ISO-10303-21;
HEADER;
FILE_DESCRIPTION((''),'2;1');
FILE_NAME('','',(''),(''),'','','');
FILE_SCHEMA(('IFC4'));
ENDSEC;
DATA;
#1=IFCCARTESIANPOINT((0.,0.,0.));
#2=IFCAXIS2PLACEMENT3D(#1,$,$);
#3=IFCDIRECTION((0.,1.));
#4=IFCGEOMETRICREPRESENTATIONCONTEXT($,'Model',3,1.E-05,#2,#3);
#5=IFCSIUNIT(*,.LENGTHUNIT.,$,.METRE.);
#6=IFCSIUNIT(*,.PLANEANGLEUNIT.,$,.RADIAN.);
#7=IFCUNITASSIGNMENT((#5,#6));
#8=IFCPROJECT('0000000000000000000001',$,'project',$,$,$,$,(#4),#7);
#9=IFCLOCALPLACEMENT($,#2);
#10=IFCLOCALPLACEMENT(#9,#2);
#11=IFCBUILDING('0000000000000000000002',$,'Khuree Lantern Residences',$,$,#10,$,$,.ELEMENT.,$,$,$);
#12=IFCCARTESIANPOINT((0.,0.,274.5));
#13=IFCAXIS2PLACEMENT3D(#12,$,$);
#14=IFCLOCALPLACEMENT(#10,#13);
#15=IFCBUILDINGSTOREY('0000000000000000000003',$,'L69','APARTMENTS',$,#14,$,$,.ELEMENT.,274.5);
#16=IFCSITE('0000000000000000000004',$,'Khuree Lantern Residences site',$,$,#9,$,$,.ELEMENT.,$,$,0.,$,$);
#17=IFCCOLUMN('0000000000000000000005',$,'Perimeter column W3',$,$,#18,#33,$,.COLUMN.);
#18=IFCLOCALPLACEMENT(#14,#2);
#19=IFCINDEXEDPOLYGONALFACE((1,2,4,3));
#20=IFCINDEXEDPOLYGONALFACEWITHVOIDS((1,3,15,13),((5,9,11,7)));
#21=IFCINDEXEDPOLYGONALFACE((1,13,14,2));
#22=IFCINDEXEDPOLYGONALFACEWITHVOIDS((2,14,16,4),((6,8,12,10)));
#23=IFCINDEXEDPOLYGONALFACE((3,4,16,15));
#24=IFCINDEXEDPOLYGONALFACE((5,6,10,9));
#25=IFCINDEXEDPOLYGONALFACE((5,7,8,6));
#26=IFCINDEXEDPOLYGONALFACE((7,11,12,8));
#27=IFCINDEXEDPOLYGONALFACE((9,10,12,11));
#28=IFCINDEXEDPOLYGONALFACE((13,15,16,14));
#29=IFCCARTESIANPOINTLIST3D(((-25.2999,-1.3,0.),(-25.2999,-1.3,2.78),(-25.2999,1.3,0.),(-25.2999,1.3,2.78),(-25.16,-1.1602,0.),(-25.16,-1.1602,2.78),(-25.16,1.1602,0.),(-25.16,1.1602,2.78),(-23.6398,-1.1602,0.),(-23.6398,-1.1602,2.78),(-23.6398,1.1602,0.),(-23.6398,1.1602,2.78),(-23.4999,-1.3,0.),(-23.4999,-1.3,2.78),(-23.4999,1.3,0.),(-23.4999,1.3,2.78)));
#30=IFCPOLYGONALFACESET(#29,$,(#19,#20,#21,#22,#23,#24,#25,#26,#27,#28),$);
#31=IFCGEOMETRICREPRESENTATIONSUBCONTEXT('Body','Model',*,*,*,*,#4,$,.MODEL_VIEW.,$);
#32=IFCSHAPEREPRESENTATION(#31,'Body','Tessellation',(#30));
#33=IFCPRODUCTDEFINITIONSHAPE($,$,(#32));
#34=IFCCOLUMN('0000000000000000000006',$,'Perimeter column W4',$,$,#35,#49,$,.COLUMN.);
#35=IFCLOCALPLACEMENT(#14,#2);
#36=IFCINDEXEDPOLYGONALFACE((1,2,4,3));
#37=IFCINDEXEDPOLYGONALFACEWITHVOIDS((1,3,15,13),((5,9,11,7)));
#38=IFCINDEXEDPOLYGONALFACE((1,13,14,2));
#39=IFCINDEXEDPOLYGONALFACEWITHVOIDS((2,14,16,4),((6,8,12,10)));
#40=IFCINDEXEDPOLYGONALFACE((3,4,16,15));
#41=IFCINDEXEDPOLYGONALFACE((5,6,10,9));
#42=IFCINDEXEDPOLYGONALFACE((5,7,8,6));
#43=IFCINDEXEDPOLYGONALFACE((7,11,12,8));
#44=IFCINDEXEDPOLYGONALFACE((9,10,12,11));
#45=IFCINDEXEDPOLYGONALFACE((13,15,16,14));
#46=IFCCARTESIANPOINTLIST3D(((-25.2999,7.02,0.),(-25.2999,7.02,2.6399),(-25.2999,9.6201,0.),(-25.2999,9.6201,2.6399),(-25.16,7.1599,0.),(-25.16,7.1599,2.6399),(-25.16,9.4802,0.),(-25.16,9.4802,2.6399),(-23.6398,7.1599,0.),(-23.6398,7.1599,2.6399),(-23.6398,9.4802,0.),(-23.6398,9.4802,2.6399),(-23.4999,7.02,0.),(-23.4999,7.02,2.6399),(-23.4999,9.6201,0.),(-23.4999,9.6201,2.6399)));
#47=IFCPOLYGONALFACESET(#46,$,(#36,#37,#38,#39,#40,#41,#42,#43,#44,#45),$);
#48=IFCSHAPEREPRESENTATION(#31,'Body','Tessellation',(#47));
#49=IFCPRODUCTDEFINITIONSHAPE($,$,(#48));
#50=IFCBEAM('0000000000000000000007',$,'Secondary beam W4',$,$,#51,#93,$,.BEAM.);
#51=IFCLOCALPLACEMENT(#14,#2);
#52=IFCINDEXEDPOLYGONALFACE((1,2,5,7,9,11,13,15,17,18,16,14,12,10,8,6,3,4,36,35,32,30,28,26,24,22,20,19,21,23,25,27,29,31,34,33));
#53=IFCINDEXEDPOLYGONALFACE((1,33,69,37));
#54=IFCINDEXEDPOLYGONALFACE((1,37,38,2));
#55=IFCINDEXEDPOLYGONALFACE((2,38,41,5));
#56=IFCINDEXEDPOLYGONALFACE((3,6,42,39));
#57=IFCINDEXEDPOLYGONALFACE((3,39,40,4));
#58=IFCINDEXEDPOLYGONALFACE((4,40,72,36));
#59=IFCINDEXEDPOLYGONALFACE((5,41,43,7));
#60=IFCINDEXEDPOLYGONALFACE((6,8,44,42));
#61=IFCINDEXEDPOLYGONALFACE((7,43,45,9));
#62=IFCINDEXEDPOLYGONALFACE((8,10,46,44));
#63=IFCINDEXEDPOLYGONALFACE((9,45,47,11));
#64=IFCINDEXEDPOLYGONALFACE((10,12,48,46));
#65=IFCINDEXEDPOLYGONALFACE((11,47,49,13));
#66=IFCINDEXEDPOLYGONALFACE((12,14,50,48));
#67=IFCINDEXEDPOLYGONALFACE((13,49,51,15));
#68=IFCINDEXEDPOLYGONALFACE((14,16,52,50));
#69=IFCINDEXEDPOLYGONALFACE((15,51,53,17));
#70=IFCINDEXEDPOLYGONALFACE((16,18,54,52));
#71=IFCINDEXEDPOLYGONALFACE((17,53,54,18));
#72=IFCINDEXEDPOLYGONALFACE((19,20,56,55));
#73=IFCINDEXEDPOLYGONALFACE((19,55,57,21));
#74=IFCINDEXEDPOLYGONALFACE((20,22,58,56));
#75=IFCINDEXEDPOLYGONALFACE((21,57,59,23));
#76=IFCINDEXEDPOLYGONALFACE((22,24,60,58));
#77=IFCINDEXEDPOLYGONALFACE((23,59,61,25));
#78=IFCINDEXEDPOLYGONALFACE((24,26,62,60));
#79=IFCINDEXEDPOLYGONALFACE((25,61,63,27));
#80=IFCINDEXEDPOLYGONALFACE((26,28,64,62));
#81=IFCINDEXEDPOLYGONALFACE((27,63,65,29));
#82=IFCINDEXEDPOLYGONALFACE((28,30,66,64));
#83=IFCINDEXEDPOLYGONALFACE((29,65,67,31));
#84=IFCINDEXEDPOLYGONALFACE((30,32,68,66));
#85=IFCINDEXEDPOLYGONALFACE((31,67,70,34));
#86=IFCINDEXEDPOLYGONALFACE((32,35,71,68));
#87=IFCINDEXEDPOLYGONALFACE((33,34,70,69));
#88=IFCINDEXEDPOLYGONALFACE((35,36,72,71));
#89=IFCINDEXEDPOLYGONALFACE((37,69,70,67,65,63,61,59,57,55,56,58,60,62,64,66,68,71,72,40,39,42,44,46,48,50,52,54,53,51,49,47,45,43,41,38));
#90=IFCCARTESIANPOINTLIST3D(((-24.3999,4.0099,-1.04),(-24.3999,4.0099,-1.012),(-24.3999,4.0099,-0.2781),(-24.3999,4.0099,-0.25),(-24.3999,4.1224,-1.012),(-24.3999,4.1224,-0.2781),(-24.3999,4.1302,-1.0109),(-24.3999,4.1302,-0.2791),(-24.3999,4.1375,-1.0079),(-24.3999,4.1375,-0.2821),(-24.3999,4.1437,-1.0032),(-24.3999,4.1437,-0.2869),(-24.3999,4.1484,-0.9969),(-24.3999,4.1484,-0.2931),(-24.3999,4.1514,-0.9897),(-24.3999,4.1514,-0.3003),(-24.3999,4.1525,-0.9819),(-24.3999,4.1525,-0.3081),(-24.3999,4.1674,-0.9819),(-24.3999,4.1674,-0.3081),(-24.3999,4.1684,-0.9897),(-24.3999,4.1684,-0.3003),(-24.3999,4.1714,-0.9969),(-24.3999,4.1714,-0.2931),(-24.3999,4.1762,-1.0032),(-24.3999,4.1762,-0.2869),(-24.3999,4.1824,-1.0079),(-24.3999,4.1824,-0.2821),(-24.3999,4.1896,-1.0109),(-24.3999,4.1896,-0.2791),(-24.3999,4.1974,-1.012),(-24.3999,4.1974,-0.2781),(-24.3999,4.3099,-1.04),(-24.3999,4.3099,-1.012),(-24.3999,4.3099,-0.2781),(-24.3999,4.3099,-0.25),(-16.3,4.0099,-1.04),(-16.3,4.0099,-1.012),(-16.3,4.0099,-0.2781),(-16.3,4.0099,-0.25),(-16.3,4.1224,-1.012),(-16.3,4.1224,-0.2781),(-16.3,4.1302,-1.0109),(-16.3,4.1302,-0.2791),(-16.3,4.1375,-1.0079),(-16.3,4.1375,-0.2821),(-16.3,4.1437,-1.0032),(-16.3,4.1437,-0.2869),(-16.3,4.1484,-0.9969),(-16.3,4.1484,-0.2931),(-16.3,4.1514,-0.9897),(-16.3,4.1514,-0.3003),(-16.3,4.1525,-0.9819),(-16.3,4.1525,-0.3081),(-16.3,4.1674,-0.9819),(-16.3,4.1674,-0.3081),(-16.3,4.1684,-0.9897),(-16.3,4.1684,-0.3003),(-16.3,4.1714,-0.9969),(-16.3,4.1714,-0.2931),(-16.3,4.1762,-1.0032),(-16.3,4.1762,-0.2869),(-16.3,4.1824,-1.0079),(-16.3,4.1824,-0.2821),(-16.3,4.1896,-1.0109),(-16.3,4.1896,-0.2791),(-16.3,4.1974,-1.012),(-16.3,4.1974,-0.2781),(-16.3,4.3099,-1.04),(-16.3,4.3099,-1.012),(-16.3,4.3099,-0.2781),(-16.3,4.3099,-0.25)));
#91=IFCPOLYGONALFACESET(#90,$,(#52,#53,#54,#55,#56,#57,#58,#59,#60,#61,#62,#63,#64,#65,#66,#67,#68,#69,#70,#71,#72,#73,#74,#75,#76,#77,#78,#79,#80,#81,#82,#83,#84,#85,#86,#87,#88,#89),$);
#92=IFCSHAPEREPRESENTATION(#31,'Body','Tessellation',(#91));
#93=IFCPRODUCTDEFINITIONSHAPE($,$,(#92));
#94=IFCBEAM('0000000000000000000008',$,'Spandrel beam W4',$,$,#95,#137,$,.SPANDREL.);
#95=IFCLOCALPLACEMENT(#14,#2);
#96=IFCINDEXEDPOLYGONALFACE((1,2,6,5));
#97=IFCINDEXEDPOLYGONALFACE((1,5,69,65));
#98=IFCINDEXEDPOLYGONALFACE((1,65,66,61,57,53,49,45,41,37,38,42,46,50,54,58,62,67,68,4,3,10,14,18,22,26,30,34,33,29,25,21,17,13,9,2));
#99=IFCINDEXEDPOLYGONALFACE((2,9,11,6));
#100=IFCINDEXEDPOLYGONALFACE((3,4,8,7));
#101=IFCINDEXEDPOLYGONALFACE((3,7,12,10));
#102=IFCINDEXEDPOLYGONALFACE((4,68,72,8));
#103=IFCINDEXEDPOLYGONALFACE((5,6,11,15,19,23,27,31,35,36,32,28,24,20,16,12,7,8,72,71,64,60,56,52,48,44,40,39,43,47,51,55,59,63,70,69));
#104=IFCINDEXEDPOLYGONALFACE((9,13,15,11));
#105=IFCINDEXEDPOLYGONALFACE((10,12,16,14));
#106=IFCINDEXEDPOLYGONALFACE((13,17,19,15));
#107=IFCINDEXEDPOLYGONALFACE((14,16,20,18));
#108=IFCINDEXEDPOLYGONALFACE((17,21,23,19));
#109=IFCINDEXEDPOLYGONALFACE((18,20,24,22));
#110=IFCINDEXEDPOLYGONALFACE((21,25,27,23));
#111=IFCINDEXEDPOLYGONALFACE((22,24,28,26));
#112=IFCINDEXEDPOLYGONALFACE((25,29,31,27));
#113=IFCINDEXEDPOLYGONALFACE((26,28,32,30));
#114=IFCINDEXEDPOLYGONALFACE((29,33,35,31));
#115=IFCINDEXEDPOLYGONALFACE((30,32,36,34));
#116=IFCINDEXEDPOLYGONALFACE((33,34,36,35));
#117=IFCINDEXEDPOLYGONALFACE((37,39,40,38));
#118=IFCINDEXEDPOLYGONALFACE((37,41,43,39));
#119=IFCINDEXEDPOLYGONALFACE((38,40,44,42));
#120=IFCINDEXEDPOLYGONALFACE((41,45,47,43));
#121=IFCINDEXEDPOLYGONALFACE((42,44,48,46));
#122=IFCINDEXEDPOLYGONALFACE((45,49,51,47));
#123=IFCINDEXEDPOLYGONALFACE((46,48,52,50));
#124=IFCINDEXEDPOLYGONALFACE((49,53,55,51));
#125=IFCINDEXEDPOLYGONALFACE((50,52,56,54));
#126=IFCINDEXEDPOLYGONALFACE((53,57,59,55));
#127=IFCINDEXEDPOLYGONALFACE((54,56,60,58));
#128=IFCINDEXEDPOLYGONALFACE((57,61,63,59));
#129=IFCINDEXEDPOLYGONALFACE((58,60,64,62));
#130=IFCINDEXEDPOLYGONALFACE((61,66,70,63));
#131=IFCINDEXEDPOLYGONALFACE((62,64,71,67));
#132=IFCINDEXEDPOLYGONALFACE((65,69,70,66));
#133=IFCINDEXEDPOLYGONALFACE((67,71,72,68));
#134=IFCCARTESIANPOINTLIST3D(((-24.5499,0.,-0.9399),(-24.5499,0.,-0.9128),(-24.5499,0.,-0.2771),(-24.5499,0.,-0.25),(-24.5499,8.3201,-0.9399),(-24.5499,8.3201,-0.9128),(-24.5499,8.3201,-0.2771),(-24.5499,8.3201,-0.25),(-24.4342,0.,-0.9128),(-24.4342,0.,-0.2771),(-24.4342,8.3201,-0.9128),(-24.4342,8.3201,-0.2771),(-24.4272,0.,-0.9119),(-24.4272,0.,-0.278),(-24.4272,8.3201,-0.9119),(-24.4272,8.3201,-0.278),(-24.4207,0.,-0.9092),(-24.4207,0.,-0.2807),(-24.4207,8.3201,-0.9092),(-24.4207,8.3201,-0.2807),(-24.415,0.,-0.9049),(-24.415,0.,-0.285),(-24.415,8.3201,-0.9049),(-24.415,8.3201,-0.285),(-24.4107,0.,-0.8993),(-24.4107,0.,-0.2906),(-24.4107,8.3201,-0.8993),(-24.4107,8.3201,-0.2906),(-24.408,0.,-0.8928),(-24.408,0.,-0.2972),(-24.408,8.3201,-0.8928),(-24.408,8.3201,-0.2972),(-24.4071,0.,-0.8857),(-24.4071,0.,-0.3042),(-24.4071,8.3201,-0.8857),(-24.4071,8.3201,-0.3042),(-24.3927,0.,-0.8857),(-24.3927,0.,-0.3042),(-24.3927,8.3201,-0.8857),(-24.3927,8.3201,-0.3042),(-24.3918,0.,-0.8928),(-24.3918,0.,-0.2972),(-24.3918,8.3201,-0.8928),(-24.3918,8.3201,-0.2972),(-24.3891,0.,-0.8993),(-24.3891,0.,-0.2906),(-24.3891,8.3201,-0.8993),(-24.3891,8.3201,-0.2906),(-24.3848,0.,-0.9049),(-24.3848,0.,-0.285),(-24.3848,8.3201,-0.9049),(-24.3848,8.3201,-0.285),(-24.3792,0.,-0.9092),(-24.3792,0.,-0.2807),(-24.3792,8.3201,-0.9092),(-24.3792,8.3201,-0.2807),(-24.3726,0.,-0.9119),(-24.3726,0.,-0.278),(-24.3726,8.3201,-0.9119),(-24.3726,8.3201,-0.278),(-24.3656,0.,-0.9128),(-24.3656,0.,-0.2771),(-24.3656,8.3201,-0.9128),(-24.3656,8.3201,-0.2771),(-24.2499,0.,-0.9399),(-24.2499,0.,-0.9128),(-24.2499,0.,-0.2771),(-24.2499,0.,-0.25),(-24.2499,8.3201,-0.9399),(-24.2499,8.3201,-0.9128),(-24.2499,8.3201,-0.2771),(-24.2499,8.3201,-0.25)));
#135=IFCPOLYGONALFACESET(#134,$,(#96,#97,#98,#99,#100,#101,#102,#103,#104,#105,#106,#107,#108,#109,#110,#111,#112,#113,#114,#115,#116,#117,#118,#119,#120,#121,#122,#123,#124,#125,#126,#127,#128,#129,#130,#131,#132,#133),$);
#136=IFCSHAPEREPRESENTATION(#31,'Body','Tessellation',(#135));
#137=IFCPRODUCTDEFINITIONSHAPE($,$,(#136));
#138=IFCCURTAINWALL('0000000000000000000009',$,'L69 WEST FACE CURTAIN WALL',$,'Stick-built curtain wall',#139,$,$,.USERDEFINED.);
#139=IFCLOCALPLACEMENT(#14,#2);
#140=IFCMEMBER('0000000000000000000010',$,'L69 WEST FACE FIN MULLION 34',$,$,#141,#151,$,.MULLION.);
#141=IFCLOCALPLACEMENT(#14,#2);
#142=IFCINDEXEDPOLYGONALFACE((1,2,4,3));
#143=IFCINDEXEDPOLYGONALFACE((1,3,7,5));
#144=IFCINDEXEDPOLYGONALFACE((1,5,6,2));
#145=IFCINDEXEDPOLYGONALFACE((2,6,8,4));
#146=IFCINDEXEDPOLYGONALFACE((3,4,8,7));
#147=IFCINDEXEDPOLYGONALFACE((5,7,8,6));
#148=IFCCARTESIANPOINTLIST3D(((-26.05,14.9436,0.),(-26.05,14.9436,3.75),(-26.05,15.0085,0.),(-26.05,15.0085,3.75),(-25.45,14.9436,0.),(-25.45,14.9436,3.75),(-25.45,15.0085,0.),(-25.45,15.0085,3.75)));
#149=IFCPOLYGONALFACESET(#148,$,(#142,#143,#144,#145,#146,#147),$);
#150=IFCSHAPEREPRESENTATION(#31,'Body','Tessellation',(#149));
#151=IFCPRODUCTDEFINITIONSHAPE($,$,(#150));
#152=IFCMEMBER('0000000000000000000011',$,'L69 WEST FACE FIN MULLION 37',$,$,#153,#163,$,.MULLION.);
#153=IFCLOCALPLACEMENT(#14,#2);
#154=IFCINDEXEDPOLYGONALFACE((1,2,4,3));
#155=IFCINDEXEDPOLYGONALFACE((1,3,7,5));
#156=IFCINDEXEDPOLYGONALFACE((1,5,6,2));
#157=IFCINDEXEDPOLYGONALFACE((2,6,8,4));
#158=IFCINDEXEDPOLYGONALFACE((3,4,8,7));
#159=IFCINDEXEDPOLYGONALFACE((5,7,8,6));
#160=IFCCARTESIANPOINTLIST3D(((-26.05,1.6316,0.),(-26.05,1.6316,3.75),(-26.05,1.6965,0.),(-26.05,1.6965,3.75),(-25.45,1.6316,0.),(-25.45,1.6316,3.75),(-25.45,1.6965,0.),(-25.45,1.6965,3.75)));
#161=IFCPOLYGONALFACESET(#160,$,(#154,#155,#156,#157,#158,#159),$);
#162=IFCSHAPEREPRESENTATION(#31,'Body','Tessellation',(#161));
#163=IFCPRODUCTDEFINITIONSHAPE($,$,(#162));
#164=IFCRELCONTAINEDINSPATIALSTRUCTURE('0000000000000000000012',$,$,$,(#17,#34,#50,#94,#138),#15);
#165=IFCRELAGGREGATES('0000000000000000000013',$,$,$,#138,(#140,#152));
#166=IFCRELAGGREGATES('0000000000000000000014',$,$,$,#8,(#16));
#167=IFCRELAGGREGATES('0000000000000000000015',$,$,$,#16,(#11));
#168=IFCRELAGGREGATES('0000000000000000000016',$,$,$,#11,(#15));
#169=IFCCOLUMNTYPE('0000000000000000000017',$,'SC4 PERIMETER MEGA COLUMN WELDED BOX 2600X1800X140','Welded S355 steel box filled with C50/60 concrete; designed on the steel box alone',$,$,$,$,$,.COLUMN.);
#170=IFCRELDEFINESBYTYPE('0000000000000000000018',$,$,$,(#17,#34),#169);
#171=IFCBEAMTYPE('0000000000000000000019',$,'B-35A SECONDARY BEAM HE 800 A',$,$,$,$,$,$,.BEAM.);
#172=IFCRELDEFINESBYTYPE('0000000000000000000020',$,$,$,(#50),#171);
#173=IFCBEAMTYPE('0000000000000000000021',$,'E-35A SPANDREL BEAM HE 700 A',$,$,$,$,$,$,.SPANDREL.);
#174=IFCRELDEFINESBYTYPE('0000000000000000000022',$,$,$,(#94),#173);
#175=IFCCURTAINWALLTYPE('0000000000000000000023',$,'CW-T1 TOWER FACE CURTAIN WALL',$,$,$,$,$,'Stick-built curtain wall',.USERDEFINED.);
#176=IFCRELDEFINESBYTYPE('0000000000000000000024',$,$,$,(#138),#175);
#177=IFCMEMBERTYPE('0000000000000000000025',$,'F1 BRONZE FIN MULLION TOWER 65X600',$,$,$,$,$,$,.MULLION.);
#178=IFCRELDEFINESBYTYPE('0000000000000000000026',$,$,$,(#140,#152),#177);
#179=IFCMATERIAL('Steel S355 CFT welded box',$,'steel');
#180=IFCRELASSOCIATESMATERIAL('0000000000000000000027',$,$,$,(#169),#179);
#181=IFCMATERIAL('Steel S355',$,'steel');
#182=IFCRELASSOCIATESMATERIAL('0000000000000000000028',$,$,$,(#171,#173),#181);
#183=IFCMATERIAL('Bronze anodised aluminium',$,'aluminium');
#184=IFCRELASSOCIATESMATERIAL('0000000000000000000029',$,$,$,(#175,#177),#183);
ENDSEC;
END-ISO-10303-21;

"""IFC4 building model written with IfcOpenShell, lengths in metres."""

from ifc_helpers import new_model, si_unit, direction, frame, origin, origin_2d, place, context, subcontext, project, spatial, rectangle, hollow_rectangle, i_section, extrude, material, material_profile, profile_set, type_object, element, aggregate, save


model = new_model("IFC4")

# Units and contexts
model_context = context("Model", 3, precision=1e-05, world=origin(), true_north=direction((0.0, 1.0)))
body_context = subcontext(model_context, "Body", "Model", "MODEL_VIEW")
ifc_project = project(units=[si_unit("LENGTHUNIT", "METRE"), si_unit("PLANEANGLEUNIT", "RADIAN")], contexts=[model_context])

# Site, building, storey
site_placement = place(None, origin())
site = spatial("IfcSite", under=ifc_project, at=site_placement, Name="Khuree Lantern Residences site", CompositionType="ELEMENT", RefElevation=0.0)
building_placement = place(site_placement, origin())
building = spatial("IfcBuilding", under=site, at=building_placement, Name="Khuree Lantern Residences", CompositionType="ELEMENT")
storey_placement = place(building_placement, frame((0.0, 0.0, 274.5)))
storey = spatial("IfcBuildingStorey", under=building, at=storey_placement, Name="L69", Description="APARTMENTS", CompositionType="ELEMENT", Elevation=274.5)

# Columns
ifc_material_1 = material(Name="Steel S355 CFT welded box", Category="steel")
ifc_material_profile_1 = material_profile(ifc_material_1, hollow_rectangle(XDim=2.6001, YDim=1.8, WallThickness=0.1399, at=origin_2d()), Name="WELDED BOX 2600X1800X140")
ifc_profile_set_1 = profile_set([ifc_material_profile_1], Name="Steel S355 CFT welded box")
column_type = type_object("IfcColumnType", Name="SC4 PERIMETER MEGA COLUMN WELDED BOX 2600X1800X140", Description="Welded S355 steel box filled with C50/60 concrete; designed on the steel box alone", PredefinedType="COLUMN", material=ifc_profile_set_1)
column_1_placement = place(storey_placement, frame((-24.3999, 0.0, 0.0), z_axis=(0.0, 0.0, 1.0), x_axis=(0.0, 1.0, 0.0)))
element("IfcColumn", 1, at=column_1_placement, inside=storey, type_object=column_type, Name="Perimeter column W3", PredefinedType="COLUMN", context=body_context, shape_type="SweptSolid", body=[
    extrude(hollow_rectangle(XDim=2.6001, YDim=1.8, WallThickness=0.1399, at=origin_2d()), origin(), (0.0, 0.0, 1.0), 2.78),
])
column_2_placement = place(storey_placement, frame((-24.3999, 8.3201, 0.0), z_axis=(0.0, 0.0, 1.0), x_axis=(0.0, 1.0, 0.0)))
element("IfcColumn", 2, at=column_2_placement, inside=storey, type_object=column_type, Name="Perimeter column W4", PredefinedType="COLUMN", context=body_context, shape_type="SweptSolid", body=[
    extrude(hollow_rectangle(XDim=2.6001, YDim=1.8, WallThickness=0.1399, at=origin_2d()), origin(), (0.0, 0.0, 1.0), 2.6399),
])

# Beams
ifc_material_2 = material(Name="Steel S355", Category="steel")
ifc_material_profile_2 = material_profile(ifc_material_2, i_section(OverallWidth=0.3, OverallDepth=0.79, WebThickness=0.0149, FlangeThickness=0.0281, FilletRadius=0.03, at=origin_2d()), Name="HE 800 A")
ifc_profile_set_2 = profile_set([ifc_material_profile_2], Name="Steel S355")
beam_type_1 = type_object("IfcBeamType", Name="B-35A SECONDARY BEAM HE 800 A", PredefinedType="BEAM", material=ifc_profile_set_2)
beam_1_placement = place(storey_placement, frame((-24.3999, 4.1599, -0.645), z_axis=(1.0, 0.0, 0.0), x_axis=(0.0, 1.0, 0.0)))
element("IfcBeam", 3, at=beam_1_placement, inside=storey, type_object=beam_type_1, Name="Secondary beam W4", PredefinedType="BEAM", context=body_context, shape_type="SweptSolid", body=[
    extrude(i_section(OverallWidth=0.3, OverallDepth=0.79, WebThickness=0.0149, FlangeThickness=0.0281, FilletRadius=0.03, at=origin_2d()), origin(), (0.0, 0.0, 1.0), 8.0999),
])
ifc_material_profile_3 = material_profile(ifc_material_2, i_section(OverallWidth=0.3, OverallDepth=0.6899, WebThickness=0.0144, FlangeThickness=0.0271, FilletRadius=0.0271, at=origin_2d()), Name="HE 700 A")
ifc_profile_set_3 = profile_set([ifc_material_profile_3], Name="Steel S355")
beam_type_2 = type_object("IfcBeamType", Name="E-35A SPANDREL BEAM HE 700 A", PredefinedType="SPANDREL", material=ifc_profile_set_3)
beam_2_placement = place(storey_placement, frame((-24.3999, 0.0, -0.595), z_axis=(0.0, 1.0, 0.0), x_axis=(-1.0, 0.0, 0.0)))
element("IfcBeam", 4, at=beam_2_placement, inside=storey, type_object=beam_type_2, Name="Spandrel beam W4", PredefinedType="SPANDREL", context=body_context, shape_type="SweptSolid", body=[
    extrude(i_section(OverallWidth=0.3, OverallDepth=0.6899, WebThickness=0.0144, FlangeThickness=0.0271, FilletRadius=0.0271, at=origin_2d()), origin(), (0.0, 0.0, 1.0), 8.3201),
])

# Curtain wall, members
ifc_material_3 = material(Name="Bronze anodised aluminium", Category="aluminium")
curtain_wall_type = type_object("IfcCurtainWallType", Name="CW-T1 TOWER FACE CURTAIN WALL", ElementType="Stick-built curtain wall", PredefinedType="USERDEFINED", material=ifc_material_3)
curtain_wall_placement = place(storey_placement, origin())
curtain_wall = element("IfcCurtainWall", 5, at=curtain_wall_placement, inside=storey, type_object=curtain_wall_type, Name="L69 WEST FACE CURTAIN WALL", ObjectType="Stick-built curtain wall", PredefinedType="USERDEFINED")
ifc_material_profile_4 = material_profile(ifc_material_3, rectangle(XDim=0.0649, YDim=0.6001, at=origin_2d()), Name="F1 65X600")
ifc_profile_set_4 = profile_set([ifc_material_profile_4], Name="Bronze anodised aluminium")
member_type_1 = type_object("IfcMemberType", Name="F1 BRONZE FIN MULLION TOWER 65X600", PredefinedType="MULLION", material=ifc_profile_set_4)
member_1_placement = place(storey_placement, frame((-25.75, 14.9761, 0.0), z_axis=(0.0, 0.0, 1.0), x_axis=(0.0, -1.0, 0.0)))
member_1 = element("IfcMember", 6, at=member_1_placement, type_object=member_type_1, Name="L69 WEST FACE FIN MULLION 34", PredefinedType="MULLION", context=body_context, shape_type="SweptSolid", body=[
    extrude(rectangle(XDim=0.0649, YDim=0.6001, at=origin_2d()), origin(), (0.0, 0.0, 1.0), 3.75),
])
member_2_placement = place(storey_placement, frame((-25.75, 1.6641, 0.0), z_axis=(0.0, 0.0, 1.0), x_axis=(0.0, -1.0, 0.0)))
member_2 = element("IfcMember", 7, at=member_2_placement, type_object=member_type_1, Name="L69 WEST FACE FIN MULLION 37", PredefinedType="MULLION", context=body_context, shape_type="SweptSolid", body=[
    extrude(rectangle(XDim=0.0649, YDim=0.6001, at=origin_2d()), origin(), (0.0, 0.0, 1.0), 3.75),
])

aggregate(curtain_wall, [member_1, member_2])

save(model, "model.ifc")
